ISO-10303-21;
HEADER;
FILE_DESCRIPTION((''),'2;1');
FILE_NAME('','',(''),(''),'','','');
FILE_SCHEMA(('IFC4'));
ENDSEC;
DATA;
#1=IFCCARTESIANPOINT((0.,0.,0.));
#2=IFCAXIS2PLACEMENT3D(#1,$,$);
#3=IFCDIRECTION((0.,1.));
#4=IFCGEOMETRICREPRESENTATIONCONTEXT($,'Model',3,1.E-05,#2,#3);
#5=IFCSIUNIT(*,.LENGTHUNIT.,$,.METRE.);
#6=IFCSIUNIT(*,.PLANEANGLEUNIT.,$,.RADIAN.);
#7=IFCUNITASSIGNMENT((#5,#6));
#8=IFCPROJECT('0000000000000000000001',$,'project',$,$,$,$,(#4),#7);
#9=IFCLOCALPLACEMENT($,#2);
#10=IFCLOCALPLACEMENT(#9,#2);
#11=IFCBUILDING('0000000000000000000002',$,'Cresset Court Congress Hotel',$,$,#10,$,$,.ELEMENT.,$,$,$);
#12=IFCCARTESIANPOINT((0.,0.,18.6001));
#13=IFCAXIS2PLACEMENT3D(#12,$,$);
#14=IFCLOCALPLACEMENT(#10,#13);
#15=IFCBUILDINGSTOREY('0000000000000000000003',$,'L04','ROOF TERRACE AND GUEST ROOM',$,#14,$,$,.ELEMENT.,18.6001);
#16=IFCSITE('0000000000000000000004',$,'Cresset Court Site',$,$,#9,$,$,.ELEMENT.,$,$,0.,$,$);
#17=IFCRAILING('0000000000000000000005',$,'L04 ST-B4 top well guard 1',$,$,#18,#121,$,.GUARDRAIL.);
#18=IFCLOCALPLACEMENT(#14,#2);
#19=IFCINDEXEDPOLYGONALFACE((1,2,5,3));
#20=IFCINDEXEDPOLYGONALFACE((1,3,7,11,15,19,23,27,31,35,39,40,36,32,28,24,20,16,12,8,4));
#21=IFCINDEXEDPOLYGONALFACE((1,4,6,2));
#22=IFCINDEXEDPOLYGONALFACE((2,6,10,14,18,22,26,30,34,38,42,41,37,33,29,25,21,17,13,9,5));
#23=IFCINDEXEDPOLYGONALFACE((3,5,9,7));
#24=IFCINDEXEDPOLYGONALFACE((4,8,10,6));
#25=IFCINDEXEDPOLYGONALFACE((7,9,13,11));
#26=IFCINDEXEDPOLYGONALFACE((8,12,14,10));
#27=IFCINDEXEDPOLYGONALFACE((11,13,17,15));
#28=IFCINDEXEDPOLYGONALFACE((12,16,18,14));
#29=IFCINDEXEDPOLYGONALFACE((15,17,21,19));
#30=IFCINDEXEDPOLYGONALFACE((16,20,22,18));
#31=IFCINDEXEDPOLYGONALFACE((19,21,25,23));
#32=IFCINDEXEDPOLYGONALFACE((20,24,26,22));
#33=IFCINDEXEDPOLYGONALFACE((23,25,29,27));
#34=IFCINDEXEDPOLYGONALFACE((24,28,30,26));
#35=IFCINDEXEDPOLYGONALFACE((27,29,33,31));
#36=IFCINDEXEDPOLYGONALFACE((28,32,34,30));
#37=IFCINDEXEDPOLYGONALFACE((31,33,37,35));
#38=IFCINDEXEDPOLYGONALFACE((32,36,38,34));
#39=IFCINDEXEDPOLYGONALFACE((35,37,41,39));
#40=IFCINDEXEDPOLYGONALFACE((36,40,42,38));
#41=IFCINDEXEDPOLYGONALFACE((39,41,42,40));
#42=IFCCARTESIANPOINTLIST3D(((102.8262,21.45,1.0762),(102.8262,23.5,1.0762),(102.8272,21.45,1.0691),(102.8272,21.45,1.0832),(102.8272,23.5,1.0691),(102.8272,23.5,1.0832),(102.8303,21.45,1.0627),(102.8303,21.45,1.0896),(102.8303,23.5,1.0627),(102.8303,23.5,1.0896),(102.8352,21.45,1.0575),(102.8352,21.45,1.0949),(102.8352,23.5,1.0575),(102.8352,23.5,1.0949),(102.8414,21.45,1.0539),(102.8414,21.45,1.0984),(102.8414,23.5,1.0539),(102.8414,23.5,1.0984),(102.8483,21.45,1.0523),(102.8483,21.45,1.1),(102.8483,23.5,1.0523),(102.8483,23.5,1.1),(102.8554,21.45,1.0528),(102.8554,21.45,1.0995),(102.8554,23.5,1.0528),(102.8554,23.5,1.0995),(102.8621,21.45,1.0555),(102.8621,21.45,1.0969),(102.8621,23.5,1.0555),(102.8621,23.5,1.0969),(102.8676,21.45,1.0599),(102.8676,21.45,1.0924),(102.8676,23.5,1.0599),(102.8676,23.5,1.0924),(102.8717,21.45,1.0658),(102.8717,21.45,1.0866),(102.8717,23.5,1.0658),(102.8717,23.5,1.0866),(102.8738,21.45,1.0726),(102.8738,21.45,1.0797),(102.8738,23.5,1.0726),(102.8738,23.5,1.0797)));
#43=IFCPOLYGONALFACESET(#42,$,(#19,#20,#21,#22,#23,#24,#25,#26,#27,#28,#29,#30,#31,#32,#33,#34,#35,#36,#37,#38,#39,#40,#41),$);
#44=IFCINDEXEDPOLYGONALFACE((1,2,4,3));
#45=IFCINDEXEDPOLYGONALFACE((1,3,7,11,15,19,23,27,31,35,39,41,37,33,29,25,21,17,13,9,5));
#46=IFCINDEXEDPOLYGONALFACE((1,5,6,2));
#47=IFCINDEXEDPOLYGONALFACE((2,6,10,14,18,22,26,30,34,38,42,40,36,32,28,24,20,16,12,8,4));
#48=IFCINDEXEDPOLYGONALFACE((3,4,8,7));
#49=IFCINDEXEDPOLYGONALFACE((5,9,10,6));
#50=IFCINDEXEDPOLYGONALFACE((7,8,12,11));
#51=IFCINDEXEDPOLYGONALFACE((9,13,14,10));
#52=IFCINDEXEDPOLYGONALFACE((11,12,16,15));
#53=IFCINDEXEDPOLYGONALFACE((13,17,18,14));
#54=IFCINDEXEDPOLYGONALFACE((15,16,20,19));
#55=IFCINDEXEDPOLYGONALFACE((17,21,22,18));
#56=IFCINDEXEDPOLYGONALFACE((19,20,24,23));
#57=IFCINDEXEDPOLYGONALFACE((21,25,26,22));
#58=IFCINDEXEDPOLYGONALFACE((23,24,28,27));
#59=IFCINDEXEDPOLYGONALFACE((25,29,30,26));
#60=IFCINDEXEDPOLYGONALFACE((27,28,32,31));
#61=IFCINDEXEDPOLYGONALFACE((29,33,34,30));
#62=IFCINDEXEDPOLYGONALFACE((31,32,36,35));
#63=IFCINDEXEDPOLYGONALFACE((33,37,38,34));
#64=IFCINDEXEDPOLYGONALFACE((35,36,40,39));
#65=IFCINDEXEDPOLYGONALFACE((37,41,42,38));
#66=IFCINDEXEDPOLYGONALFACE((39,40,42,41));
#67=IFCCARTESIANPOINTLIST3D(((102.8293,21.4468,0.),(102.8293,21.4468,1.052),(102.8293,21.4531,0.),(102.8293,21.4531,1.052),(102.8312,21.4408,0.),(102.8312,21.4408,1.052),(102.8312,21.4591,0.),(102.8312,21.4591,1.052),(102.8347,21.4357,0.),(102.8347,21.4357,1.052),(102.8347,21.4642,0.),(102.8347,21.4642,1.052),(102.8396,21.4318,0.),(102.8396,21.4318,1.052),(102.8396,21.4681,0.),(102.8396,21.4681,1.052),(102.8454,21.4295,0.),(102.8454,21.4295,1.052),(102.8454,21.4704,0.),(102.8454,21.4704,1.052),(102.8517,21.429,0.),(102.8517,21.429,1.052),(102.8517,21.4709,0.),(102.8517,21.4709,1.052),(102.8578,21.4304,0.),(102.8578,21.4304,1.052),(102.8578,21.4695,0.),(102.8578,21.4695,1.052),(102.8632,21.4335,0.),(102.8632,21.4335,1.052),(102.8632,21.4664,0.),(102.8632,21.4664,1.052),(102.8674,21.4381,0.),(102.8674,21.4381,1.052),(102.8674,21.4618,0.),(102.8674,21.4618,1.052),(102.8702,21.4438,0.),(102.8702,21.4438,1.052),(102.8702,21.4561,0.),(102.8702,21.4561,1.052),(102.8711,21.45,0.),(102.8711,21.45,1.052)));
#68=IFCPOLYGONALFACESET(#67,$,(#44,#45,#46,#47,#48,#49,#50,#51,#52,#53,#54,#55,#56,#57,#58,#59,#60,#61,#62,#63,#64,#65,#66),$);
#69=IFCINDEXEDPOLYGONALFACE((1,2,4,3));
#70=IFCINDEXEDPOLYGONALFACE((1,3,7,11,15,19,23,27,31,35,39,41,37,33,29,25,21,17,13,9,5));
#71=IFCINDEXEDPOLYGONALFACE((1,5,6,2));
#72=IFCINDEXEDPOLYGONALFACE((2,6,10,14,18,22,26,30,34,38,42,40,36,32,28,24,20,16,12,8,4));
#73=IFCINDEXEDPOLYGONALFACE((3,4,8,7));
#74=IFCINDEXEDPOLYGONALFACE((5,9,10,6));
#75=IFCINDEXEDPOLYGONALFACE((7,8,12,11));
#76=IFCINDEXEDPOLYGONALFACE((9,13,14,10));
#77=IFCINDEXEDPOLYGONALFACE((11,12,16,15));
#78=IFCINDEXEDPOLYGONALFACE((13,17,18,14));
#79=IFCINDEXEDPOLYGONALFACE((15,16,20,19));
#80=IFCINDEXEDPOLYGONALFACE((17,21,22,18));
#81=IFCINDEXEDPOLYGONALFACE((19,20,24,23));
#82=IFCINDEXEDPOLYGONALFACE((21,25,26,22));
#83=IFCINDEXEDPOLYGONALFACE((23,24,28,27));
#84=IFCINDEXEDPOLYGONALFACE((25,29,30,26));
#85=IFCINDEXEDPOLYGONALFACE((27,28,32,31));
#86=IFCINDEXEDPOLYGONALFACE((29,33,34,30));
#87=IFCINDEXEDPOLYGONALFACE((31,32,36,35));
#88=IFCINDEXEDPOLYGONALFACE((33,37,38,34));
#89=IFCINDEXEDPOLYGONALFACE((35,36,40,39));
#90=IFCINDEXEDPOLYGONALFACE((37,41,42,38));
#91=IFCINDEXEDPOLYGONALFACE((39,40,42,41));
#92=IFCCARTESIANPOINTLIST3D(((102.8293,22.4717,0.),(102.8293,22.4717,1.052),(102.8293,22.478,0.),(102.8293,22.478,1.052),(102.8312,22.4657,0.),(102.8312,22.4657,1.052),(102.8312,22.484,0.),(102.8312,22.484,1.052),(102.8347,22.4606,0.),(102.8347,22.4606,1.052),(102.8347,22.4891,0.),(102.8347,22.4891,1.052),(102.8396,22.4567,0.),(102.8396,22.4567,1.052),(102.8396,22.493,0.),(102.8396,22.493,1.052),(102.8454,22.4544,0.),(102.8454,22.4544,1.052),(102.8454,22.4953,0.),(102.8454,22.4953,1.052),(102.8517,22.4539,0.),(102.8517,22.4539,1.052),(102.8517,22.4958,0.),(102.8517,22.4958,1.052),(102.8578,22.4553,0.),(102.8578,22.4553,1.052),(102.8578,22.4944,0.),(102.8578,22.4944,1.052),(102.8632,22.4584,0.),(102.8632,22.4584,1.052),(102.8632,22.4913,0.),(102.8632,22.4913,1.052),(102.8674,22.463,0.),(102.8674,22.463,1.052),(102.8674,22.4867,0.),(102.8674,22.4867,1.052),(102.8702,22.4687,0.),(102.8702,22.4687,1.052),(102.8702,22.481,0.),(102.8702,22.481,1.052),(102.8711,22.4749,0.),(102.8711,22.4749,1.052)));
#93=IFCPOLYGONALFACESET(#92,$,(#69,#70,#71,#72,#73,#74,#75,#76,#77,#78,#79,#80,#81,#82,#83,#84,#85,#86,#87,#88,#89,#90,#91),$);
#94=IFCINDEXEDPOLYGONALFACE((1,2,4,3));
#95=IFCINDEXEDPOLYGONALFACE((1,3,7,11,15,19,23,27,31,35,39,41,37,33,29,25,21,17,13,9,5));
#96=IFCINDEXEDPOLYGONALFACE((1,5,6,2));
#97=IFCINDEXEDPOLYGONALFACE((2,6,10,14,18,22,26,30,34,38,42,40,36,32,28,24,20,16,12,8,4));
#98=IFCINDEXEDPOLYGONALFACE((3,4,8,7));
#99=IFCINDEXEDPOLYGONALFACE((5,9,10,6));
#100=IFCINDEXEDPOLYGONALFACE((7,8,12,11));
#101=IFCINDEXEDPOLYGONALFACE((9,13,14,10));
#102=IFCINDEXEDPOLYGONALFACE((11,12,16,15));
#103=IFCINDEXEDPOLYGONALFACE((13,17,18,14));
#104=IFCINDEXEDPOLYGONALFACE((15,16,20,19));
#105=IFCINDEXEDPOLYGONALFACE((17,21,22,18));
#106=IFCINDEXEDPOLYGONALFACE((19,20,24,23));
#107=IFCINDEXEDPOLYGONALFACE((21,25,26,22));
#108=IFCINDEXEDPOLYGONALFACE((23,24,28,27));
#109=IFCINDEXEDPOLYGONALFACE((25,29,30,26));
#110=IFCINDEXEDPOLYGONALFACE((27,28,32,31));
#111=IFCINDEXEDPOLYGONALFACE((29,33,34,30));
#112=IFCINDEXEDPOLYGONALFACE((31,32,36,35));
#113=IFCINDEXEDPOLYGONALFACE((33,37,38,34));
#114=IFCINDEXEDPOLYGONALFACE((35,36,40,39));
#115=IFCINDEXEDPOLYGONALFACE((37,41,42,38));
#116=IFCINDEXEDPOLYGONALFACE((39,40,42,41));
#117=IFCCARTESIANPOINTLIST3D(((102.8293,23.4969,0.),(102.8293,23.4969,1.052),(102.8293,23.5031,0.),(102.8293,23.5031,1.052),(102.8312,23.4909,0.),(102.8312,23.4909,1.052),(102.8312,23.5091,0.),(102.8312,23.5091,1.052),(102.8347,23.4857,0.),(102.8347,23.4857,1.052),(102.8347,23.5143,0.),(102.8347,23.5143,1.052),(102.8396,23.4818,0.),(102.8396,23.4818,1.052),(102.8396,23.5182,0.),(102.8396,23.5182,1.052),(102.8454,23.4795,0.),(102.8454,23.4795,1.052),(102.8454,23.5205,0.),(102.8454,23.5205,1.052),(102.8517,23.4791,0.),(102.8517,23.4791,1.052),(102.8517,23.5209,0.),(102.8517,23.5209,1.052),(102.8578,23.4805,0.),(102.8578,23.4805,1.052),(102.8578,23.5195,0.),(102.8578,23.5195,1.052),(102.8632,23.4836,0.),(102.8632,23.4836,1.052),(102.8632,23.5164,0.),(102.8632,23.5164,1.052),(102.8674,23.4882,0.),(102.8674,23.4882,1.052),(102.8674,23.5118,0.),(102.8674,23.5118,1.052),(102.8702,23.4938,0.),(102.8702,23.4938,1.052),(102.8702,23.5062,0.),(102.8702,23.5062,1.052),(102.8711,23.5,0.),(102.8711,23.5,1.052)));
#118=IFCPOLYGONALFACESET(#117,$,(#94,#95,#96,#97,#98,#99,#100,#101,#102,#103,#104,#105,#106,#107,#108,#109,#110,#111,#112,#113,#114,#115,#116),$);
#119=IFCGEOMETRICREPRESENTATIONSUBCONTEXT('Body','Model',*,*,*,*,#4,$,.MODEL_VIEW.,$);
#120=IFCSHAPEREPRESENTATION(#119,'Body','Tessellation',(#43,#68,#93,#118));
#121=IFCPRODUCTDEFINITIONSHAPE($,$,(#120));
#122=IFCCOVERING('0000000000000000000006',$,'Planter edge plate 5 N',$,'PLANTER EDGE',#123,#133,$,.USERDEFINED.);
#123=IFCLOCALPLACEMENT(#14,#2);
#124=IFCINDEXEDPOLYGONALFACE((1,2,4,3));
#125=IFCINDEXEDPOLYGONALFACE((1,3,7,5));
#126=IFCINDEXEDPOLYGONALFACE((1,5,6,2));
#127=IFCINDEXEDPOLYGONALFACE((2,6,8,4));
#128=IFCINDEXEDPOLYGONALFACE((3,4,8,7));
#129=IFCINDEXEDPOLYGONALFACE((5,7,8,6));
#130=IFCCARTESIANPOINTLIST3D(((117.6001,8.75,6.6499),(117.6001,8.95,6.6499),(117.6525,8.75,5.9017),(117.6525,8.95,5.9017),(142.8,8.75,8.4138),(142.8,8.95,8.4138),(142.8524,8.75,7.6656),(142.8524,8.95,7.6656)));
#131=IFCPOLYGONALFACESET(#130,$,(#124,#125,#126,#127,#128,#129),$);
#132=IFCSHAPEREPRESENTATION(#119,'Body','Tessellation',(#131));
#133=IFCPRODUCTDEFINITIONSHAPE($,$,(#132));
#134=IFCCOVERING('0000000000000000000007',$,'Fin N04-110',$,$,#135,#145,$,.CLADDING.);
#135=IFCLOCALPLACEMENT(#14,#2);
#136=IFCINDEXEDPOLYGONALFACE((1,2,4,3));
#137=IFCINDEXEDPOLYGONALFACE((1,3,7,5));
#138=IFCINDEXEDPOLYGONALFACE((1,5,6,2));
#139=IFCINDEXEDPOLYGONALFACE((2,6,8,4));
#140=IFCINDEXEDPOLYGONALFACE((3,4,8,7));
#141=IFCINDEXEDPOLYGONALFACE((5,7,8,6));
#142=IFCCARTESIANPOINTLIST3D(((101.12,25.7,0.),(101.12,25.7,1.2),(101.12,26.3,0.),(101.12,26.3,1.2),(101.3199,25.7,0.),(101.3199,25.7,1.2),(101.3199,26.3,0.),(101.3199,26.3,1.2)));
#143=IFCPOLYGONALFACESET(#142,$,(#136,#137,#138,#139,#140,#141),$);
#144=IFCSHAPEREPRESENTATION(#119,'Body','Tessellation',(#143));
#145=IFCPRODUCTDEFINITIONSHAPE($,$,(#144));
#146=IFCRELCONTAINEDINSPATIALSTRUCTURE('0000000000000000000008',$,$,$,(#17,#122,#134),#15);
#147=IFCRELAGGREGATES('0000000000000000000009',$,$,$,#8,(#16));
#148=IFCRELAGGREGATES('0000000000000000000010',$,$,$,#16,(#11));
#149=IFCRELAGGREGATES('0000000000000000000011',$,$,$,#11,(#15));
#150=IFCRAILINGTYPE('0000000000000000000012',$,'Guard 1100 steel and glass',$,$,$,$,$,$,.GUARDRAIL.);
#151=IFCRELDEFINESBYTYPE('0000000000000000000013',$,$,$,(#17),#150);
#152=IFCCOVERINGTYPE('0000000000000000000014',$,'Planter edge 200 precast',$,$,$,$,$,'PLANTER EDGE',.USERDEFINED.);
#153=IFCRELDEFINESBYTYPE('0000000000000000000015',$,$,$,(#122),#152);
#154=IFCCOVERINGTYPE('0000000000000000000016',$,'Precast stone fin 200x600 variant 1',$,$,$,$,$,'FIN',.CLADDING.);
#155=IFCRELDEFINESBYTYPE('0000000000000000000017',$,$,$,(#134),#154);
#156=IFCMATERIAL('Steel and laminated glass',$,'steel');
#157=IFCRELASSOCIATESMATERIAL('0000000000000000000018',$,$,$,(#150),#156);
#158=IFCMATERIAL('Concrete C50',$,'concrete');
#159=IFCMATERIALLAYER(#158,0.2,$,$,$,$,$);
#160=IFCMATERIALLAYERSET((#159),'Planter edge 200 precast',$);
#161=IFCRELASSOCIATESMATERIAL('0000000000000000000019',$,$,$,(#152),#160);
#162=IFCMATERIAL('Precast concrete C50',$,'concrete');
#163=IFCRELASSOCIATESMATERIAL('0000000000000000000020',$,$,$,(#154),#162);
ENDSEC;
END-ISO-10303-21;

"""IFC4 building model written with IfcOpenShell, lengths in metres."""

from ifc_helpers import new_model, si_unit, direction, frame, origin, origin_2d, place, context, subcontext, project, spatial, polyline, rectangle, circle, outline, extrude, material, layer, layer_set, type_object, element, save


model = new_model("IFC4")

# Units and contexts
model_context = context("Model", 3, precision=1e-05, world=origin(), true_north=direction((0.0, 1.0)))
body_context = subcontext(model_context, "Body", "Model", "MODEL_VIEW")
ifc_project = project(units=[si_unit("LENGTHUNIT", "METRE"), si_unit("PLANEANGLEUNIT", "RADIAN")], contexts=[model_context])

# Site, building, storey
site_placement = place(None, origin())
site = spatial("IfcSite", under=ifc_project, at=site_placement, Name="Cresset Court Site", CompositionType="ELEMENT", RefElevation=0.0)
building_placement = place(site_placement, origin())
building = spatial("IfcBuilding", under=site, at=building_placement, Name="Cresset Court Congress Hotel", CompositionType="ELEMENT")
storey_placement = place(building_placement, frame((0.0, 0.0, 18.6001)))
storey = spatial("IfcBuildingStorey", under=building, at=storey_placement, Name="L04", Description="ROOF TERRACE AND GUEST ROOM", CompositionType="ELEMENT", Elevation=18.6001)

# Railing
ifc_material_1 = material(Name="Steel and laminated glass", Category="steel")
railing_type = type_object("IfcRailingType", Name="Guard 1100 steel and glass", PredefinedType="GUARDRAIL", material=ifc_material_1)
railing_placement = place(storey_placement, frame((102.8501, 21.45, 0.0)))
element("IfcRailing", 1, at=railing_placement, inside=storey, type_object=railing_type, Name="L04 ST-B4 top well guard 1", PredefinedType="GUARDRAIL", context=body_context, shape_type="SweptSolid", body=[
    extrude(circle(Radius=0.0239, at=origin_2d()), frame((0.0, 0.0, 1.0762), z_axis=(0.0, 1.0, 0.0), x_axis=(-1.0, 0.0, 0.0)), (0.0, 0.0, 1.0), 2.05),
    extrude(circle(Radius=0.021, at=origin_2d()), origin(), (0.0, 0.0, 1.0), 1.052),
    extrude(circle(Radius=0.021, at=origin_2d()), frame((0.0, 1.0249, 0.0)), (0.0, 0.0, 1.0), 1.052),
    extrude(circle(Radius=0.021, at=origin_2d()), frame((0.0, 2.05, 0.0)), (0.0, 0.0, 1.0), 1.052),
])

# Coverings
ifc_material_2 = material(Name="Concrete C50", Category="concrete")
ifc_layer_1 = layer(ifc_material_2, 0.2)
ifc_layer_set_1 = layer_set([ifc_layer_1], Name="Planter edge 200 precast")
covering_type_1 = type_object("IfcCoveringType", Name="Planter edge 200 precast", ElementType="PLANTER EDGE", PredefinedType="USERDEFINED", material=ifc_layer_set_1)
covering_1_placement = place(storey_placement, frame((117.6001, 8.75, 6.6499), z_axis=(-0.069826, 0.0, 0.997559), x_axis=(0.997559, 0.0, 0.069826)))
element("IfcCovering", 2, at=covering_1_placement, inside=storey, type_object=covering_type_1, Name="Planter edge plate 5 N", ObjectType="PLANTER EDGE", PredefinedType="USERDEFINED", context=body_context, shape_type="SweptSolid", body=[
    extrude(outline(polyline([(0.0, 0.0), (25.2616, 0.0), (25.2616, 0.2), (0.0, 0.2), (0.0, 0.0)])), origin(), (0.0, 0.0, -1.0), 0.75),
])
ifc_material_3 = material(Name="Precast concrete C50", Category="concrete")
covering_type_2 = type_object("IfcCoveringType", Name="Precast stone fin 200x600 variant 1", ElementType="FIN", PredefinedType="CLADDING", material=ifc_material_3)
covering_2_placement = place(storey_placement, frame((101.22, 26.0, 0.0), z_axis=(0.0, 0.0, 1.0), x_axis=(1.0, 0.0, 0.0)))
element("IfcCovering", 3, at=covering_2_placement, inside=storey, type_object=covering_type_2, Name="Fin N04-110", PredefinedType="CLADDING", context=body_context, shape_type="SweptSolid", body=[
    extrude(rectangle(XDim=0.2, YDim=0.6001, at=origin_2d()), origin(), (0.0, 0.0, 1.0), 1.2),
])

save(model, "model.ifc")
